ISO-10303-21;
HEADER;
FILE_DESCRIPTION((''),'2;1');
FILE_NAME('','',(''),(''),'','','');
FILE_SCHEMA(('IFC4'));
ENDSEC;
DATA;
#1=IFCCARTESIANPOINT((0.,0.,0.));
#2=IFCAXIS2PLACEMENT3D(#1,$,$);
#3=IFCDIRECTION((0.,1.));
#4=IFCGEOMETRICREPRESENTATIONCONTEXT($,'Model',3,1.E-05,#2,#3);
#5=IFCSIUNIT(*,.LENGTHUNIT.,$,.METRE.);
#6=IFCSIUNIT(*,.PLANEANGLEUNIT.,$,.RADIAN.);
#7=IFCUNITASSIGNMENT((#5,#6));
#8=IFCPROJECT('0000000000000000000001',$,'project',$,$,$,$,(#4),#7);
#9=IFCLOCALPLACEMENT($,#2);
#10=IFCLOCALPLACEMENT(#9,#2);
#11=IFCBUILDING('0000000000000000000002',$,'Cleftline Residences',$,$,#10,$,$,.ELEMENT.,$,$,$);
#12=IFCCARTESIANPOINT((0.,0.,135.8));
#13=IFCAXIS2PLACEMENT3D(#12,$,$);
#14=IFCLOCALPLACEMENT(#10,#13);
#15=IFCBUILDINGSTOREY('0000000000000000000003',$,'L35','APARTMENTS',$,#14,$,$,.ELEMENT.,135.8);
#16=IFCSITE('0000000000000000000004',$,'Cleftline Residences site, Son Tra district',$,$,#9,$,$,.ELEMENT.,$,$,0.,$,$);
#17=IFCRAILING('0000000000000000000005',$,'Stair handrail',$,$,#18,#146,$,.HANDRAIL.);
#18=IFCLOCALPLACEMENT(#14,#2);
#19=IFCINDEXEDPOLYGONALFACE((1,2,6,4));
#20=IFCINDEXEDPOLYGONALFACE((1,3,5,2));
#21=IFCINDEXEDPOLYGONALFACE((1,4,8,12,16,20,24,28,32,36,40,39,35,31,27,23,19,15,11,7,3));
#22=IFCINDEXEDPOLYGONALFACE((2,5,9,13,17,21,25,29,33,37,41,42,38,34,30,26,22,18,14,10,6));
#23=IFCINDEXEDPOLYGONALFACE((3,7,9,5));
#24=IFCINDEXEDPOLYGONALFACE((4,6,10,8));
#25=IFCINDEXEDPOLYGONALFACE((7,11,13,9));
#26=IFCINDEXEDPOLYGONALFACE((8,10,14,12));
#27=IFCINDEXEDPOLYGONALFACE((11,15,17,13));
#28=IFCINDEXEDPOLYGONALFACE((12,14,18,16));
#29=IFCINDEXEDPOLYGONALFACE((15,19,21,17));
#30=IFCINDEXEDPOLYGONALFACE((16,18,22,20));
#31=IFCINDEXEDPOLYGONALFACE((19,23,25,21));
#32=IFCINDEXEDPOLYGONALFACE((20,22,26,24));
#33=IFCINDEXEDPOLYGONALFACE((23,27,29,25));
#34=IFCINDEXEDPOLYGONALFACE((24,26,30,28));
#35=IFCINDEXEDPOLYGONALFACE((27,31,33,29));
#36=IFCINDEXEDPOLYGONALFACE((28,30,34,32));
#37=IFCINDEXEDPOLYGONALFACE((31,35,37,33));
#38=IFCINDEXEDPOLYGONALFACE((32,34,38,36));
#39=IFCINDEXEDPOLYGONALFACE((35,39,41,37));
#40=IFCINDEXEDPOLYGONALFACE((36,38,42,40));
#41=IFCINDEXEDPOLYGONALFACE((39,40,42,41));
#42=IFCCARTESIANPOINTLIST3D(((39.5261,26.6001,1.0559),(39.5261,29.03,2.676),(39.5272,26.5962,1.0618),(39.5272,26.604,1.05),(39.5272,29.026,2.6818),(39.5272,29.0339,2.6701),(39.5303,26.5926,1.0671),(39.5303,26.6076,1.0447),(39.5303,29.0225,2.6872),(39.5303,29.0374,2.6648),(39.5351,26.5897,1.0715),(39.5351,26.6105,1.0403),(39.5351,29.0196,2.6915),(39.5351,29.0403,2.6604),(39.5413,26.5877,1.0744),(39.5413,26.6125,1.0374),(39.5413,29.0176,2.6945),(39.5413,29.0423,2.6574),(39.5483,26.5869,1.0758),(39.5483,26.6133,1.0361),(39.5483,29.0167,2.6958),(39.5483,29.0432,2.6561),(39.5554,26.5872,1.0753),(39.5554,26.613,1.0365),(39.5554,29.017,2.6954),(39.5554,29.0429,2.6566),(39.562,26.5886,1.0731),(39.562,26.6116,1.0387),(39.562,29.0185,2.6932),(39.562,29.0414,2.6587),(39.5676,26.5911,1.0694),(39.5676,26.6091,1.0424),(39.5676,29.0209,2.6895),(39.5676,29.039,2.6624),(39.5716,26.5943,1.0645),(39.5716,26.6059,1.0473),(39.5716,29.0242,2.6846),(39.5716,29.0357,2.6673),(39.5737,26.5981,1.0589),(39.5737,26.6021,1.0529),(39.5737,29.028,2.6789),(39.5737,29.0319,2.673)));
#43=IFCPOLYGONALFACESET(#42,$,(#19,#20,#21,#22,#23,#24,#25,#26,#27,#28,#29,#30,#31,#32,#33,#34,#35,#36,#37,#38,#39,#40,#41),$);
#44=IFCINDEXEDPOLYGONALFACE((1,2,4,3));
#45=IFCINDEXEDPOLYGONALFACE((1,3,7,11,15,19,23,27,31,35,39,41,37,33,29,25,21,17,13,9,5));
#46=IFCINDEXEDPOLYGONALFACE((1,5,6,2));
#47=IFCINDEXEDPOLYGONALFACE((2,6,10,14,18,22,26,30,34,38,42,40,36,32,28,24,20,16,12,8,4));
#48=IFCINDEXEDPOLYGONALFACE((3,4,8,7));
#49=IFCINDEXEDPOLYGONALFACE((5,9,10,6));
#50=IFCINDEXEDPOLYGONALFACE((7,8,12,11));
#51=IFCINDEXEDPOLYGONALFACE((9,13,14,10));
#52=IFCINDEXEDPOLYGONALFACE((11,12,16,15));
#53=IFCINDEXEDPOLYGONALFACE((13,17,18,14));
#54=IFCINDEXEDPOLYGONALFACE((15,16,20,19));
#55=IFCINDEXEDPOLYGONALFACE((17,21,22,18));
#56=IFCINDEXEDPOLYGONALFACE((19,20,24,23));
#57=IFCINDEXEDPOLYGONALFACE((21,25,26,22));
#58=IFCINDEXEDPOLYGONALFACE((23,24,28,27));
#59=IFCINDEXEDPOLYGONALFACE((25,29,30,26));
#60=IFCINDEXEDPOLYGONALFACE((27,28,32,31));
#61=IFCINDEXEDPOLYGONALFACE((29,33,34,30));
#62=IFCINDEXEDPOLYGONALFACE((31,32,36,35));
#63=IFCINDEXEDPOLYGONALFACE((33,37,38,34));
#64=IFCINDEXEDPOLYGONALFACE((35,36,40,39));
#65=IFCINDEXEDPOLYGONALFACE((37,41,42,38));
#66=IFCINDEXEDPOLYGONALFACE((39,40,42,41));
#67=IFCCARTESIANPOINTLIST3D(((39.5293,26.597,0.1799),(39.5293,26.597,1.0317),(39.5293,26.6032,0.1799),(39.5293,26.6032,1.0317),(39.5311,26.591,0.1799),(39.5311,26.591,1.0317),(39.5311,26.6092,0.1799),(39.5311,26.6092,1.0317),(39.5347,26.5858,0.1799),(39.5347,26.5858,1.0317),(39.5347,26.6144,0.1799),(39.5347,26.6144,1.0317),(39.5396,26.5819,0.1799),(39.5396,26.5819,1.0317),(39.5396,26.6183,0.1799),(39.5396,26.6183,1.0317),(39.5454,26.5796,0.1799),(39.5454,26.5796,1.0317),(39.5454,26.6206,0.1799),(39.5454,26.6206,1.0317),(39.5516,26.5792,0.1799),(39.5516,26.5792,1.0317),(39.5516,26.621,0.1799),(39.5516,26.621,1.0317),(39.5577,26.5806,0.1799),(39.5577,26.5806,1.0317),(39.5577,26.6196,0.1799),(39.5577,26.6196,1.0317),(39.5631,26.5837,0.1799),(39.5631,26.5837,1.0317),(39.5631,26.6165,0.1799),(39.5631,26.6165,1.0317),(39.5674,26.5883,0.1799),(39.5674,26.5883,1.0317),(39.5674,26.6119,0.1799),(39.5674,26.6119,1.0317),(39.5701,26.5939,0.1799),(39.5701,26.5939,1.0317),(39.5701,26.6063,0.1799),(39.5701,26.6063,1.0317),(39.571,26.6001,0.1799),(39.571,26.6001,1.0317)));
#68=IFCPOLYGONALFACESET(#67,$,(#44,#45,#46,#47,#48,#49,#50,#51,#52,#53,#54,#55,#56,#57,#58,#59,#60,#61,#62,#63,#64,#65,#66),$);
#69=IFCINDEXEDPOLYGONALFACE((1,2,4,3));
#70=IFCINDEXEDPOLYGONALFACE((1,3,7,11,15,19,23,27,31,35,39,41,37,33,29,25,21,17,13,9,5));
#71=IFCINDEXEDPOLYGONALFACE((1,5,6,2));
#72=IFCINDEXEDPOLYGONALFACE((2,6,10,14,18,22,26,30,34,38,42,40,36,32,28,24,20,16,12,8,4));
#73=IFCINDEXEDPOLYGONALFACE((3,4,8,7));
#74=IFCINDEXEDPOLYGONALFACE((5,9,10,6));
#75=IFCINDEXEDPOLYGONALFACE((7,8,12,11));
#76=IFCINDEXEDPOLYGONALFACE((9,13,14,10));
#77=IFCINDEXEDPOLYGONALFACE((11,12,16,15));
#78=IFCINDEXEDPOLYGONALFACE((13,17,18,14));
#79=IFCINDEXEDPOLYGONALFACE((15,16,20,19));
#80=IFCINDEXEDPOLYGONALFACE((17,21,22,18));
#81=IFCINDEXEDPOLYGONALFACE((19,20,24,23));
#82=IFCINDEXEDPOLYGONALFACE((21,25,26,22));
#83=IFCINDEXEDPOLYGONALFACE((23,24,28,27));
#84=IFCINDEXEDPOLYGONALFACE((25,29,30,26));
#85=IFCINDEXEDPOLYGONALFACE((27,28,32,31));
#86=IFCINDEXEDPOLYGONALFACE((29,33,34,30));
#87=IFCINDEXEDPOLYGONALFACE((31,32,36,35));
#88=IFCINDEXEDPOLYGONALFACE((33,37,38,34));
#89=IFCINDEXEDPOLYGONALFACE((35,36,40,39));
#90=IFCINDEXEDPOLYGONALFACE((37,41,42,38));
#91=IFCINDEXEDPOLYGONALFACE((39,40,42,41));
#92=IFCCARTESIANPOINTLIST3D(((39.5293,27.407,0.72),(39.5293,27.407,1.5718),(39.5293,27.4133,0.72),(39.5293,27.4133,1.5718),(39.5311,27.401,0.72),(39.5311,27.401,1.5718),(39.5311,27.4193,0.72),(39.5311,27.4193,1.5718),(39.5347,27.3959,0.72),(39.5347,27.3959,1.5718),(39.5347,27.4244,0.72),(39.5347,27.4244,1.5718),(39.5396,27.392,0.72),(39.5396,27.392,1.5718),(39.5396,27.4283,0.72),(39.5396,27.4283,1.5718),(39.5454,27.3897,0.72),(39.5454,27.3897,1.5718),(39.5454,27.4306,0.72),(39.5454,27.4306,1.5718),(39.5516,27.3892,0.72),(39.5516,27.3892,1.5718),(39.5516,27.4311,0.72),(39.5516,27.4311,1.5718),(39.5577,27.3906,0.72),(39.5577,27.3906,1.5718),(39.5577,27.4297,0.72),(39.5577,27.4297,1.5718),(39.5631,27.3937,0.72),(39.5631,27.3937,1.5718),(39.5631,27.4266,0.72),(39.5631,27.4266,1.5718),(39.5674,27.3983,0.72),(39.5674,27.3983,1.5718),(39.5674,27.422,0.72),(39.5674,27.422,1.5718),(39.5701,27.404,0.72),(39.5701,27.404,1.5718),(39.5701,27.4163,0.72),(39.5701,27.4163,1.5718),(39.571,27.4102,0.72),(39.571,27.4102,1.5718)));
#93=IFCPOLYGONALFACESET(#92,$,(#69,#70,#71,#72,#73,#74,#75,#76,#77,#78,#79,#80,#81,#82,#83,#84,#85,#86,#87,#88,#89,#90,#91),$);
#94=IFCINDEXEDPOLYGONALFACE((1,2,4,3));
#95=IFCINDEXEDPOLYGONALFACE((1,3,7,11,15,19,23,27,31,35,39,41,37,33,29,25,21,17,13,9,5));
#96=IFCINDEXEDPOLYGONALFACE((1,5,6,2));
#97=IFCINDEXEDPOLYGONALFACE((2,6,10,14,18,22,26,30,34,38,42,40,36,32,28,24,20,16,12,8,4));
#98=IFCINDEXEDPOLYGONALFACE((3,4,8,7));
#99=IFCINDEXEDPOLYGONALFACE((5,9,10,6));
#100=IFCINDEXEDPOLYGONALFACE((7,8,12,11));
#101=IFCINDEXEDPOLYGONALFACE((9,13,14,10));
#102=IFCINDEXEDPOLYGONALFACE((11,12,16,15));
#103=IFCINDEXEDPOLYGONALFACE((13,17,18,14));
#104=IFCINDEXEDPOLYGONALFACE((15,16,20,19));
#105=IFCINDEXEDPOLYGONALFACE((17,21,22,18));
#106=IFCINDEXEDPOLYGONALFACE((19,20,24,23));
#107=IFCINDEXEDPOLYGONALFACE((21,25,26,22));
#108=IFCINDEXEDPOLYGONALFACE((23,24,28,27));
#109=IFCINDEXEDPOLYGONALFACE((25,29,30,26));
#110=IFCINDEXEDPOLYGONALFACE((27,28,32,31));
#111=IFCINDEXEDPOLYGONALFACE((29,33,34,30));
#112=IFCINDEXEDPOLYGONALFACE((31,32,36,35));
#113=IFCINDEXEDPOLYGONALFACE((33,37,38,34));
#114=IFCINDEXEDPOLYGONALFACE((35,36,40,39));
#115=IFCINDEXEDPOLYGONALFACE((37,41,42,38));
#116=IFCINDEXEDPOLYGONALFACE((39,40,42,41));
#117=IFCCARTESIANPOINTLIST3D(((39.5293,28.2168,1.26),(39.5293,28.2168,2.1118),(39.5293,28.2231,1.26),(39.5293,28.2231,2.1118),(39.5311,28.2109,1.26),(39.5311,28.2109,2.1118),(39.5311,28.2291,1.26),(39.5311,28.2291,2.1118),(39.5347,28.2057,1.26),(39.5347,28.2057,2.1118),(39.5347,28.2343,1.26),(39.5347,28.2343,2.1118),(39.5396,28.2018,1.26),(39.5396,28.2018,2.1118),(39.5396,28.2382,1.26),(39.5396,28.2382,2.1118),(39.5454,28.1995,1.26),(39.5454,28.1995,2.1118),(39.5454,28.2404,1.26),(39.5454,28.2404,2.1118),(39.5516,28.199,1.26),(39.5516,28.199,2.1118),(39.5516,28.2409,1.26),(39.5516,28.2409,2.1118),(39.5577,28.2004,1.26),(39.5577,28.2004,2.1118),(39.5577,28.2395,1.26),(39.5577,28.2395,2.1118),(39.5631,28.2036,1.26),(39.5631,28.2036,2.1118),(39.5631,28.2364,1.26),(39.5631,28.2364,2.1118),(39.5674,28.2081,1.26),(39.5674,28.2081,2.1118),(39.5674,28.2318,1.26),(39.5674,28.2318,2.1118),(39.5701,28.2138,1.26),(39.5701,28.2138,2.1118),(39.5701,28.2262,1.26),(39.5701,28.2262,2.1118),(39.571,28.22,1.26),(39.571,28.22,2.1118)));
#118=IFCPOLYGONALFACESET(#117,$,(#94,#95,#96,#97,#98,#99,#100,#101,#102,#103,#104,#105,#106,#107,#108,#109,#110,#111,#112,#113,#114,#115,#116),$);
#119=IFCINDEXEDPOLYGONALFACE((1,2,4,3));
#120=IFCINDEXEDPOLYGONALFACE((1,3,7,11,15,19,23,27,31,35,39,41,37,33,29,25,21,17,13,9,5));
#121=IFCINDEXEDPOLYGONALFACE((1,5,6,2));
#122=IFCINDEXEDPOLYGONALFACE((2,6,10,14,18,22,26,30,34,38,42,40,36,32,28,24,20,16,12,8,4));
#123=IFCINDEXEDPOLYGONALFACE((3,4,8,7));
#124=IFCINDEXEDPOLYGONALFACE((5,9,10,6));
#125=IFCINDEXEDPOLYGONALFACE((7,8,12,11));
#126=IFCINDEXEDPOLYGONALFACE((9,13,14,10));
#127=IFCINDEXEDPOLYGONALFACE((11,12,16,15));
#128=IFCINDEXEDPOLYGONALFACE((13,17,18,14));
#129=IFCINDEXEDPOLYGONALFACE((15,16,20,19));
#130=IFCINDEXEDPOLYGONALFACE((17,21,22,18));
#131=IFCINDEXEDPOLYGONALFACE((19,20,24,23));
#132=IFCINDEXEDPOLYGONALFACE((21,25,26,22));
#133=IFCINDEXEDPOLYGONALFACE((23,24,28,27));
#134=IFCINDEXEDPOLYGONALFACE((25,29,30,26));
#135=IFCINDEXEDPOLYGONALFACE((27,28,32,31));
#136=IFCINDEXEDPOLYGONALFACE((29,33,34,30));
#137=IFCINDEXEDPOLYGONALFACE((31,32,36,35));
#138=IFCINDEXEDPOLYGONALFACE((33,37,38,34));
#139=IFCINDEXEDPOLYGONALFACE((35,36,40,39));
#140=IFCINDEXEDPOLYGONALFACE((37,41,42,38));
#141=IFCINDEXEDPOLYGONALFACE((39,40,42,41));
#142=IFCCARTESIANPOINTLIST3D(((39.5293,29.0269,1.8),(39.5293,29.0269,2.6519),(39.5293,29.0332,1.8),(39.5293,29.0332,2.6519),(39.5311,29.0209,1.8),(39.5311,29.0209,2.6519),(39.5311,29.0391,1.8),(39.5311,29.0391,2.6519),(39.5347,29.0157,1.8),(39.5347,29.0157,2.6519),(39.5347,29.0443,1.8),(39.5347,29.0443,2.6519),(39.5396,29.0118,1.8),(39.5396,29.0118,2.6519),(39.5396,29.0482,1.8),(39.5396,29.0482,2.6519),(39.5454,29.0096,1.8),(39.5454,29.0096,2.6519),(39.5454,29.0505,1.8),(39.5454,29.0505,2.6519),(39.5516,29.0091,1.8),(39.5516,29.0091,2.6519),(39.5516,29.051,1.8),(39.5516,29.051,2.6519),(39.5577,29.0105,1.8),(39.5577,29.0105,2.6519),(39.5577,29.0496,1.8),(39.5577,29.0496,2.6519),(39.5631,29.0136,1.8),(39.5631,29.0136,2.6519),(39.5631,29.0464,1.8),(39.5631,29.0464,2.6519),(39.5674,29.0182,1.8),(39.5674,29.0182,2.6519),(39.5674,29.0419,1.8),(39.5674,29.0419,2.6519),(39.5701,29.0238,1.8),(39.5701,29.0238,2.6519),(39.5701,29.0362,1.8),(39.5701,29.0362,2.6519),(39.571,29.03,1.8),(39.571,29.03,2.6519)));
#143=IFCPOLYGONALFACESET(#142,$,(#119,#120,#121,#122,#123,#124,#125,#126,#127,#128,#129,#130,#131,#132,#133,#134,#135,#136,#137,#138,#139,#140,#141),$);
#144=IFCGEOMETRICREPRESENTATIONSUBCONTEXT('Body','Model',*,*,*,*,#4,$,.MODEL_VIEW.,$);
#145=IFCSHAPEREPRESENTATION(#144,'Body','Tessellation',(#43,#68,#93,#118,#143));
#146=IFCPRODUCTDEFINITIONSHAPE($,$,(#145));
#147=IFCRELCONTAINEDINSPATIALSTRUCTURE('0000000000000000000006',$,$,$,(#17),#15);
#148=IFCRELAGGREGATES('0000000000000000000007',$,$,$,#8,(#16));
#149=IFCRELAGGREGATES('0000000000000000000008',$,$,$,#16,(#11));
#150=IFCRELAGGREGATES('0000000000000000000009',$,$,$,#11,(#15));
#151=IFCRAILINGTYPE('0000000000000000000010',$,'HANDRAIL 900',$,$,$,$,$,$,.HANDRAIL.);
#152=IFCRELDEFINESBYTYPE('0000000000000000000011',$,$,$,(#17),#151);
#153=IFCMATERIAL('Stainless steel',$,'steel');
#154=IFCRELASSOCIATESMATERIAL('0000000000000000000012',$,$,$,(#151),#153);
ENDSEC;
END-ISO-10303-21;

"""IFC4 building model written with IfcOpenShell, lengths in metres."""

from ifc_helpers import new_model, si_unit, direction, frame, origin, origin_2d, place, context, subcontext, project, spatial, circle, extrude, material, type_object, element, save


model = new_model("IFC4")

# Units and contexts
model_context = context("Model", 3, precision=1e-05, world=origin(), true_north=direction((0.0, 1.0)))
body_context = subcontext(model_context, "Body", "Model", "MODEL_VIEW")
ifc_project = project(units=[si_unit("LENGTHUNIT", "METRE"), si_unit("PLANEANGLEUNIT", "RADIAN")], contexts=[model_context])

# Site, building, storey
site_placement = place(None, origin())
site = spatial("IfcSite", under=ifc_project, at=site_placement, Name="Cleftline Residences site, Son Tra district", CompositionType="ELEMENT", RefElevation=0.0)
building_placement = place(site_placement, origin())
building = spatial("IfcBuilding", under=site, at=building_placement, Name="Cleftline Residences", CompositionType="ELEMENT")
storey_placement = place(building_placement, frame((0.0, 0.0, 135.8)))
storey = spatial("IfcBuildingStorey", under=building, at=storey_placement, Name="L35", Description="APARTMENTS", CompositionType="ELEMENT", Elevation=135.8)

# Railing
ifc_material_1 = material(Name="Stainless steel", Category="steel")
railing_type = type_object("IfcRailingType", Name="HANDRAIL 900", PredefinedType="HANDRAIL", material=ifc_material_1)
railing_1_placement = place(storey_placement, frame((39.55, 26.6001, 0.1799)))
element("IfcRailing", 1, at=railing_1_placement, inside=storey, type_object=railing_type, Name="Stair handrail", PredefinedType="HANDRAIL", context=body_context, shape_type="SweptSolid", body=[
    extrude(circle(Radius=0.0239, at=origin_2d()), frame((0.0, 0.0, 0.876), z_axis=(0.0, 0.832025, 0.554739), x_axis=(-1.0, 0.0, 0.0)), (0.0, 0.0, 1.0), 2.9204),
    extrude(circle(Radius=0.021, at=origin_2d()), origin(), (0.0, 0.0, 1.0), 0.8518),
    extrude(circle(Radius=0.021, at=origin_2d()), frame((0.0, 0.8101, 0.54)), (0.0, 0.0, 1.0), 0.8518),
    extrude(circle(Radius=0.021, at=origin_2d()), frame((0.0, 1.6199, 1.0801)), (0.0, 0.0, 1.0), 0.8518),
    extrude(circle(Radius=0.021, at=origin_2d()), frame((0.0, 2.4299, 1.6201)), (0.0, 0.0, 1.0), 0.8518),
])

save(model, "model.ifc")
